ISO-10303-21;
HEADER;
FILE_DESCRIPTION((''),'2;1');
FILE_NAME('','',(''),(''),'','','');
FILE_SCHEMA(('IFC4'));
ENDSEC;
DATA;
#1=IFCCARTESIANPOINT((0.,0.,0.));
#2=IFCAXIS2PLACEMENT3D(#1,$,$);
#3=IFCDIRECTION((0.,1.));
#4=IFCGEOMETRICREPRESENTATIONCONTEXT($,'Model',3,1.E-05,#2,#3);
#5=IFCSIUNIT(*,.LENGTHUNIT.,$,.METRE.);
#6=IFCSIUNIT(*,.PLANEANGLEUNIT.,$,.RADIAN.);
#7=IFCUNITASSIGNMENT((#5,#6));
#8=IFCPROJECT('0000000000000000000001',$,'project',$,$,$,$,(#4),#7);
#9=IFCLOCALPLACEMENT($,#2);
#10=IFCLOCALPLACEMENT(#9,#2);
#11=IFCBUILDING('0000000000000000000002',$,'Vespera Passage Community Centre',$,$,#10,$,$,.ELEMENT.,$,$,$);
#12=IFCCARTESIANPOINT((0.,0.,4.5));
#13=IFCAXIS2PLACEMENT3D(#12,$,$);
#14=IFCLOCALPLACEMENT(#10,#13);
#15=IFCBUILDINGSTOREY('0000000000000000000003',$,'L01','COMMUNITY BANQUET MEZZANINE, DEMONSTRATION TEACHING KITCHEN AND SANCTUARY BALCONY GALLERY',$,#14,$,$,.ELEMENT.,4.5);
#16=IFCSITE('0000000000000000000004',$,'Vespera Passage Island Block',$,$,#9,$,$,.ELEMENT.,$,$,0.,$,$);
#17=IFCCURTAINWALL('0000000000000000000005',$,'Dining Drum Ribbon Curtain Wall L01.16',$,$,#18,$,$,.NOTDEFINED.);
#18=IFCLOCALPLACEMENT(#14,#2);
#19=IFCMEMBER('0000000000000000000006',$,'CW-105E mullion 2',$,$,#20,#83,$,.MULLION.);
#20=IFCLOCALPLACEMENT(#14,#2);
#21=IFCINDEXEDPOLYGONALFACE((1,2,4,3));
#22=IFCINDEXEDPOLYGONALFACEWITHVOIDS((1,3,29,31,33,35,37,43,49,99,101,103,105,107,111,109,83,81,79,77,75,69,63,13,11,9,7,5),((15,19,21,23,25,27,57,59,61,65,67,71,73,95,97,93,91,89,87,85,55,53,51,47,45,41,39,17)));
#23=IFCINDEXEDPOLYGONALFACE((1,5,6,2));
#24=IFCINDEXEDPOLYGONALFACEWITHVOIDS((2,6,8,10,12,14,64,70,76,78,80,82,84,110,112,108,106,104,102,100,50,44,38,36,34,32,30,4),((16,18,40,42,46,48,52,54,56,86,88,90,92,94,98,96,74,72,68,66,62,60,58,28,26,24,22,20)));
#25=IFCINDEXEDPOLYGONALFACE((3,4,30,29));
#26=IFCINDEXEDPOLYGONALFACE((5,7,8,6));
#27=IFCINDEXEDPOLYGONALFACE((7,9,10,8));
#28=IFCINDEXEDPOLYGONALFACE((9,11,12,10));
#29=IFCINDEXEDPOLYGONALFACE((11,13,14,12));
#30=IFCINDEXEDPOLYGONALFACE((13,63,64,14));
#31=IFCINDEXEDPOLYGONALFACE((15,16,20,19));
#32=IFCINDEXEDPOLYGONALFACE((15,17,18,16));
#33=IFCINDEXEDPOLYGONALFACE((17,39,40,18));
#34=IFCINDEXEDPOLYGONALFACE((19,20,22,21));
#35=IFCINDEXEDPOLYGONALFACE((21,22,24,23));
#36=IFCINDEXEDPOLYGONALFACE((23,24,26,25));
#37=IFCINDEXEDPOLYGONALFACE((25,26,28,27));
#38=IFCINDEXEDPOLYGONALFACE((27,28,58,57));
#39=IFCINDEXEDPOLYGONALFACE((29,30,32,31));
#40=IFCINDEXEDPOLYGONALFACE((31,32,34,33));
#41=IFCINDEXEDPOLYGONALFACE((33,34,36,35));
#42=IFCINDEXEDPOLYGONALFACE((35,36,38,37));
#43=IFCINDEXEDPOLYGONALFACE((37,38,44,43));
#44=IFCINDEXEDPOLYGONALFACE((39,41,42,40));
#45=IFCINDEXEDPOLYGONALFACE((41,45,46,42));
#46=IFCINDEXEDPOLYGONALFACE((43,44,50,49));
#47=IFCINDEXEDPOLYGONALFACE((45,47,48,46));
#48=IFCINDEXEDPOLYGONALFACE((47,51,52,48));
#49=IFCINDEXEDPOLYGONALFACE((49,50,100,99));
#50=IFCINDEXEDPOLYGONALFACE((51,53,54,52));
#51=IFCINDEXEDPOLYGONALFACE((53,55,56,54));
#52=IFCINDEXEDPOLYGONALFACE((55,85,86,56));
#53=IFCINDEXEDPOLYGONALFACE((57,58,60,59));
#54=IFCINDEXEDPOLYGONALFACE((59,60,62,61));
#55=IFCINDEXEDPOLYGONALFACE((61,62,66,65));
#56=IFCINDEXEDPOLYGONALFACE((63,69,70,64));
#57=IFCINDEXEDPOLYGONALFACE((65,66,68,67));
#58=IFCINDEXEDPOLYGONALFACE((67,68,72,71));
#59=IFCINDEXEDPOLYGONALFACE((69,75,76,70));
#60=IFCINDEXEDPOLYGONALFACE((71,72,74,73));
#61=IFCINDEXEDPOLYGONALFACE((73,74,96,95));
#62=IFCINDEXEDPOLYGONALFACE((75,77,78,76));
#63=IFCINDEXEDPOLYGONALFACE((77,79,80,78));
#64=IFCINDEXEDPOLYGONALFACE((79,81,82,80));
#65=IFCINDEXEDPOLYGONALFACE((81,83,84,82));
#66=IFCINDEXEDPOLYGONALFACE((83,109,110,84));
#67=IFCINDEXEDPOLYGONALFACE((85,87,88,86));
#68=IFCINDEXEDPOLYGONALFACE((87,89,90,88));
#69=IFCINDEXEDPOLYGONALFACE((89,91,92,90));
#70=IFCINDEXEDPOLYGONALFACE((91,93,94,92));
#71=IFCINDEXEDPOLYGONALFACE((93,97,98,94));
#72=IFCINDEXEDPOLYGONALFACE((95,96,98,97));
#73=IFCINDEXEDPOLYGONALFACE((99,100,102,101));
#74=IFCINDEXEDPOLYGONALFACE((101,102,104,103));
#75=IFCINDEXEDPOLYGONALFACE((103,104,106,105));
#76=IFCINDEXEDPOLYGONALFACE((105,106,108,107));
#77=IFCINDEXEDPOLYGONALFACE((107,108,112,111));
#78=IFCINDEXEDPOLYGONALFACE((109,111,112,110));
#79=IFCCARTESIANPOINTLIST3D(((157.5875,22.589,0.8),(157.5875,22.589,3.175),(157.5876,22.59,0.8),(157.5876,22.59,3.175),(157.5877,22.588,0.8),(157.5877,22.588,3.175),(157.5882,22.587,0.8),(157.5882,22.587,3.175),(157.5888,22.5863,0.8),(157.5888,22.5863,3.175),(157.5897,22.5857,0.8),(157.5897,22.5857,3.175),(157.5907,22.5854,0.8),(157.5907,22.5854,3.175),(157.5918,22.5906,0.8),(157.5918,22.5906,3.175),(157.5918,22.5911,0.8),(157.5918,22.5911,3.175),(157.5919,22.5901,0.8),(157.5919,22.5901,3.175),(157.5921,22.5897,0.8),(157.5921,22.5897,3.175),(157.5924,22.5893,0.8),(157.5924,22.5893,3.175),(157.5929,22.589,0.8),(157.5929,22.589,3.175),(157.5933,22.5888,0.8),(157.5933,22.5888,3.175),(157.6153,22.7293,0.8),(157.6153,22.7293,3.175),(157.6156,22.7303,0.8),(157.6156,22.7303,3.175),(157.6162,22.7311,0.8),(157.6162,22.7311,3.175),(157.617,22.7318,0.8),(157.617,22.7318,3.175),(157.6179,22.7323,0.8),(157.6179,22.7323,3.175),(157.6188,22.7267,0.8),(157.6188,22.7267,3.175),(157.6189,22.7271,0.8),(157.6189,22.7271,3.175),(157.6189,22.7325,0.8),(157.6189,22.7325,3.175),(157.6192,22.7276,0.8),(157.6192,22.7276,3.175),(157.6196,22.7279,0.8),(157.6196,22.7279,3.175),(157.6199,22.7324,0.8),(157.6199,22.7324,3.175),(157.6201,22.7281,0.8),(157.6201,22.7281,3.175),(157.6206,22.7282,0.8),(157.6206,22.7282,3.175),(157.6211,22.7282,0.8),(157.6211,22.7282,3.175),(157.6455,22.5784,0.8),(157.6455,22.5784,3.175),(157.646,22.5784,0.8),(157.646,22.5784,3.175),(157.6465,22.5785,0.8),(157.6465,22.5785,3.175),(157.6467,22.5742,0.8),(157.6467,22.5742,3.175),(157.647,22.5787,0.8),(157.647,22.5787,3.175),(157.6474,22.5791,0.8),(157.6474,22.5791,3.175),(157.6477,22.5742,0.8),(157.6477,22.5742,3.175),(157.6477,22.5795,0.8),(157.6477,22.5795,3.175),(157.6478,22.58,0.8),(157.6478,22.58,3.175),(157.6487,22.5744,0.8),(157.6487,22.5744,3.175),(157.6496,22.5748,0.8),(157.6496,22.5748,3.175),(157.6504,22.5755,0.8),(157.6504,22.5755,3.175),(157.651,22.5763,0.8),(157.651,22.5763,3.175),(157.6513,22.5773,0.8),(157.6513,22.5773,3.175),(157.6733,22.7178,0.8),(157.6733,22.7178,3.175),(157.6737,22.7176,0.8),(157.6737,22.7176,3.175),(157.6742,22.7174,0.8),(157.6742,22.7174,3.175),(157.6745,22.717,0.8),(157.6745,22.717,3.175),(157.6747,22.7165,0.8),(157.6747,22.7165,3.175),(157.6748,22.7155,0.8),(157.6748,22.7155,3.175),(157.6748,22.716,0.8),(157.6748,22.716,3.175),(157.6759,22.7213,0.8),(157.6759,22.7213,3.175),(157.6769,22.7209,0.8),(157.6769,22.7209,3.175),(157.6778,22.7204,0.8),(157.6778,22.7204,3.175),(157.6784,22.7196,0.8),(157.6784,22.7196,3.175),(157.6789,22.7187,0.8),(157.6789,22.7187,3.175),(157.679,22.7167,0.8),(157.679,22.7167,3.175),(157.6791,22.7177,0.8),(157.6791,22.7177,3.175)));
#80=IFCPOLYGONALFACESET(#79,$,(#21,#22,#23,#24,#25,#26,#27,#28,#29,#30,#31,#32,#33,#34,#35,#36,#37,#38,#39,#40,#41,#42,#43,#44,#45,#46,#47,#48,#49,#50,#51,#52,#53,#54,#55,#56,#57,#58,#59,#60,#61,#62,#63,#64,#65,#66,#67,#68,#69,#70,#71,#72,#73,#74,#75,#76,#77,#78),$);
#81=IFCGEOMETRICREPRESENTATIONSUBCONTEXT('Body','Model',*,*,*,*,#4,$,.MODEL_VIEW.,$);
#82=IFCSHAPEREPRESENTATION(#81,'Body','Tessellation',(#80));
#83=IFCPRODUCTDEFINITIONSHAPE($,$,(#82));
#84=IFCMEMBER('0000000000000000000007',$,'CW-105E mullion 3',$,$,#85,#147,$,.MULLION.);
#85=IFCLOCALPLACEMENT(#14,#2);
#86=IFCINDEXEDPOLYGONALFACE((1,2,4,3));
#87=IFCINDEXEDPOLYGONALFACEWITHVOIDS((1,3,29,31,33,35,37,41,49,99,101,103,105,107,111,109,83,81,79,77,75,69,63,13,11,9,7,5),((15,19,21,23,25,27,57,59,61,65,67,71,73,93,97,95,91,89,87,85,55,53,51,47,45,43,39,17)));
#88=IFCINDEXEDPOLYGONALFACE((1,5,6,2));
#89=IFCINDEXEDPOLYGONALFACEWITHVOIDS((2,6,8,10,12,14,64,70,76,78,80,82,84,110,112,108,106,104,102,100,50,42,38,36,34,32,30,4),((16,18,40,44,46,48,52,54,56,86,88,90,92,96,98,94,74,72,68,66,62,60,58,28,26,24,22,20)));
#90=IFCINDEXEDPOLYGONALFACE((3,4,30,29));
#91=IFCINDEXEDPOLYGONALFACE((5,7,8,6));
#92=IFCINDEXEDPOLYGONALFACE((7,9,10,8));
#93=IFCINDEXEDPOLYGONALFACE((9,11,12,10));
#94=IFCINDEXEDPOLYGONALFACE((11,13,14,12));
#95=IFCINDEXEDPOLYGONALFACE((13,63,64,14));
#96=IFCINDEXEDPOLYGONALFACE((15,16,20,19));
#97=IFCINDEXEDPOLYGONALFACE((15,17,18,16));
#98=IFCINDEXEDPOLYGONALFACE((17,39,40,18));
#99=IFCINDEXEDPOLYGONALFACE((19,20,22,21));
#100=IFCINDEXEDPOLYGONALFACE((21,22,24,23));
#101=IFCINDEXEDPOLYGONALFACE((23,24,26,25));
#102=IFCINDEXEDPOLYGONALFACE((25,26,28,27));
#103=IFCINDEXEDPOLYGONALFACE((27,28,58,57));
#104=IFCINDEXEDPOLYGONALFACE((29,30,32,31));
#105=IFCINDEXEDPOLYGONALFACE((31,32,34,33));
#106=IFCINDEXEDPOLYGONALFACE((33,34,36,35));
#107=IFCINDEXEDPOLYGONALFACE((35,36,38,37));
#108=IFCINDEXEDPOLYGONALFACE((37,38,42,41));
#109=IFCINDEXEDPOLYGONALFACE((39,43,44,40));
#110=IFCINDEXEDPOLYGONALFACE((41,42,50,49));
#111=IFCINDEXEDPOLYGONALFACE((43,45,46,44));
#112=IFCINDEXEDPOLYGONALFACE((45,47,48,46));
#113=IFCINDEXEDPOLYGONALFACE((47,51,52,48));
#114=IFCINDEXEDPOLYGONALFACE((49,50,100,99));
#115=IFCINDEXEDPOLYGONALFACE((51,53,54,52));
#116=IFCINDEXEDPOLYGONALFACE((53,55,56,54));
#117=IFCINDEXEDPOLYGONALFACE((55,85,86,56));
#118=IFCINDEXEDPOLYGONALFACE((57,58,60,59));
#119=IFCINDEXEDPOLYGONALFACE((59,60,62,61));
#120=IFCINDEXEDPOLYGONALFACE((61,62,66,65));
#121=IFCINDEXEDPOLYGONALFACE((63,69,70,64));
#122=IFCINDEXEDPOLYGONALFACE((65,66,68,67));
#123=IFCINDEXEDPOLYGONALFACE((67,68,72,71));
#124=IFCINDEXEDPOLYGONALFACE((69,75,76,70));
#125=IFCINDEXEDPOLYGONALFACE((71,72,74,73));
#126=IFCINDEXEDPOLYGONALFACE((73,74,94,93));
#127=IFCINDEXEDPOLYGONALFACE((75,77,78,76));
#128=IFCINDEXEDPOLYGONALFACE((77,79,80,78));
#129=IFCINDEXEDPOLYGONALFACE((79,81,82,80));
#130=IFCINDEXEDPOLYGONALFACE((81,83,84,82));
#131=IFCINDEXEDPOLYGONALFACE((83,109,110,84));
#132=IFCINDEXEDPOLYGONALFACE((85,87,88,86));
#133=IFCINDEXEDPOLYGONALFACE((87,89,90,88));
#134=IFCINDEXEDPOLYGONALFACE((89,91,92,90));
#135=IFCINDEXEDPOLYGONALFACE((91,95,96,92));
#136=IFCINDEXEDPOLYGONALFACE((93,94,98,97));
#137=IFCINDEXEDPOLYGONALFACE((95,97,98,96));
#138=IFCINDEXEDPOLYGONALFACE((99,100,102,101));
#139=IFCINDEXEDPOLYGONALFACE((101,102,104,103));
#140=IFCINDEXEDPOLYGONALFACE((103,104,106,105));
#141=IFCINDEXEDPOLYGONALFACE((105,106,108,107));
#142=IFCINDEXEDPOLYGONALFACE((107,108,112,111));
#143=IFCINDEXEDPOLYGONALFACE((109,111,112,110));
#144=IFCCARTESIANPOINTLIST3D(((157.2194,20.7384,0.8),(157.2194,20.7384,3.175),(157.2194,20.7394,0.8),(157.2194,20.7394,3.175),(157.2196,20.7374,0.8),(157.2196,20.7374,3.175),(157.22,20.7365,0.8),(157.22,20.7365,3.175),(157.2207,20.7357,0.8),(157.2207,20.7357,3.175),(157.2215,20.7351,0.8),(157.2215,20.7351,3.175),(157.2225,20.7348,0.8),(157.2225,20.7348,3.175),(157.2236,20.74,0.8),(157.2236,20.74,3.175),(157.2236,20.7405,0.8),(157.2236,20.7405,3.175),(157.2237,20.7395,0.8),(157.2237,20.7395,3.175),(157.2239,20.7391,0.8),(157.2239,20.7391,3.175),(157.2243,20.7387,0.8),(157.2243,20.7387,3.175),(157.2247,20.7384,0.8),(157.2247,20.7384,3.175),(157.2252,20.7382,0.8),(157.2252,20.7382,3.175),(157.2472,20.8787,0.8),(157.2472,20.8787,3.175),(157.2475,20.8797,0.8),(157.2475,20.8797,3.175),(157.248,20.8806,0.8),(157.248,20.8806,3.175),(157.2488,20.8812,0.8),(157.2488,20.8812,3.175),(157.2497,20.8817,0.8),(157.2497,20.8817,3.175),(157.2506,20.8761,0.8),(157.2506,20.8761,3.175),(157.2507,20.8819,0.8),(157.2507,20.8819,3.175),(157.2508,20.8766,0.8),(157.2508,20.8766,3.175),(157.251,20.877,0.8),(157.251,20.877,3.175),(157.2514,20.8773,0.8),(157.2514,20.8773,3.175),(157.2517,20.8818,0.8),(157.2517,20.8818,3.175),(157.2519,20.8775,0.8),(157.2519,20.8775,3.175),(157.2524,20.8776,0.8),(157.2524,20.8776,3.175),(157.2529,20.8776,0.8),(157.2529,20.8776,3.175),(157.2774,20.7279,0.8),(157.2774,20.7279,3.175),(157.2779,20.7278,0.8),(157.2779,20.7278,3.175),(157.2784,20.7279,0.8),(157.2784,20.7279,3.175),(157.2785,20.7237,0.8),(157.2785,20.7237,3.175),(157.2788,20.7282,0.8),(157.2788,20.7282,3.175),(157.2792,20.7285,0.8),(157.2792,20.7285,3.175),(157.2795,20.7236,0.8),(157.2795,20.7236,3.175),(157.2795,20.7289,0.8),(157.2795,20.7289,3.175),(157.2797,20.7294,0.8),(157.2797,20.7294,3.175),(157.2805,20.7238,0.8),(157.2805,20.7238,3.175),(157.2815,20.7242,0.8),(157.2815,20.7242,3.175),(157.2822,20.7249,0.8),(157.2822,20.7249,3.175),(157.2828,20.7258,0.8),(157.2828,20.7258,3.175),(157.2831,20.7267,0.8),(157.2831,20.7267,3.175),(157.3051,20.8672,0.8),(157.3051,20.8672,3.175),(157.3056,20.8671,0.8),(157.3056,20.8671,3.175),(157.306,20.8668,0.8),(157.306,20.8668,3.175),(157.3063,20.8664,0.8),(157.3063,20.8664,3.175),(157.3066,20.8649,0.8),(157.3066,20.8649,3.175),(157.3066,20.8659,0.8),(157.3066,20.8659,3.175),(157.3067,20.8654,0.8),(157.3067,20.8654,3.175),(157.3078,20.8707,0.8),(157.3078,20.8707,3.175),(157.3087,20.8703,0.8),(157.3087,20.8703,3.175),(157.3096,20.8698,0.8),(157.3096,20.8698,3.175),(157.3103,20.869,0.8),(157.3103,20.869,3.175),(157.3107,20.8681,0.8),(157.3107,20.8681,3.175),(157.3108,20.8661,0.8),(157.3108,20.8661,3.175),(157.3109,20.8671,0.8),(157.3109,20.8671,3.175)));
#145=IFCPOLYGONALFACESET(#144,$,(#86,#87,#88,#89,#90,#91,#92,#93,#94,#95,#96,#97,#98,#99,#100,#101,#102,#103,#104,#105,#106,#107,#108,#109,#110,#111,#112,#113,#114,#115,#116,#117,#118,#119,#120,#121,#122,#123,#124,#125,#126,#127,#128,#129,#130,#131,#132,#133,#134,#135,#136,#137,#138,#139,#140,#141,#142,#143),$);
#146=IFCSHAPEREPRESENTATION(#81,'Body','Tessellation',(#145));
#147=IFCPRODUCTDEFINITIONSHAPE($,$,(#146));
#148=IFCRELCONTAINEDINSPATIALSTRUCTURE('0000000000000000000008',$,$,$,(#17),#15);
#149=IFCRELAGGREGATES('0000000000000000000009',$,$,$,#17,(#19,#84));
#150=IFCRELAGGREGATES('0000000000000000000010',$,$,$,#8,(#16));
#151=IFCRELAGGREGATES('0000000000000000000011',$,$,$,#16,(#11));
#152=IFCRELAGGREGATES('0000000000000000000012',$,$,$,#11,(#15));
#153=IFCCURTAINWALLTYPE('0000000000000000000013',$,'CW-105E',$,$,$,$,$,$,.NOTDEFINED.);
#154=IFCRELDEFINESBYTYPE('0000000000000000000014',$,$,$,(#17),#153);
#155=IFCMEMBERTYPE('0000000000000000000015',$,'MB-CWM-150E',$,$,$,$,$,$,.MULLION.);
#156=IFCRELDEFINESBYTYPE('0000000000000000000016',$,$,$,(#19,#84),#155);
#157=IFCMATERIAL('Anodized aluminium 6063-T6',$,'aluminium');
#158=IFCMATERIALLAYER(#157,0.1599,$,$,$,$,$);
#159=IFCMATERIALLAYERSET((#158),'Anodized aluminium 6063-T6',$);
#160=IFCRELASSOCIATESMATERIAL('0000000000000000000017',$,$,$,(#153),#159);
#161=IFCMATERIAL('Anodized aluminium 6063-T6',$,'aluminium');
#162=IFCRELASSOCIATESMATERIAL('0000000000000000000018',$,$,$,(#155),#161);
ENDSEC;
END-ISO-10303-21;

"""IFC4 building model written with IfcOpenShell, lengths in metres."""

from ifc_helpers import new_model, si_unit, direction, frame, origin, origin_2d, place, context, subcontext, project, spatial, hollow_rectangle, extrude, material, layer, layer_set, material_profile, profile_set, type_object, element, aggregate, save


model = new_model("IFC4")

# Units and contexts
model_context = context("Model", 3, precision=1e-05, world=origin(), true_north=direction((0.0, 1.0)))
body_context = subcontext(model_context, "Body", "Model", "MODEL_VIEW")
ifc_project = project(units=[si_unit("LENGTHUNIT", "METRE"), si_unit("PLANEANGLEUNIT", "RADIAN")], contexts=[model_context])

# Site, building, storey
site_placement = place(None, origin())
site = spatial("IfcSite", under=ifc_project, at=site_placement, Name="Vespera Passage Island Block", CompositionType="ELEMENT", RefElevation=0.0)
building_placement = place(site_placement, origin())
building = spatial("IfcBuilding", under=site, at=building_placement, Name="Vespera Passage Community Centre", CompositionType="ELEMENT")
storey_placement = place(building_placement, frame((0.0, 0.0, 4.5)))
storey = spatial("IfcBuildingStorey", under=building, at=storey_placement, Name="L01", Description="COMMUNITY BANQUET MEZZANINE, DEMONSTRATION TEACHING KITCHEN AND SANCTUARY BALCONY GALLERY", CompositionType="ELEMENT", Elevation=4.5)

# Curtain wall, members
ifc_material_1 = material(Name="Anodized aluminium 6063-T6", Category="aluminium")
ifc_layer_1 = layer(ifc_material_1, 0.1599)
ifc_layer_set_1 = layer_set([ifc_layer_1], Name="Anodized aluminium 6063-T6")
curtain_wall_type = type_object("IfcCurtainWallType", Name="CW-105E", PredefinedType="NOTDEFINED", material=ifc_layer_set_1)
curtain_wall_placement = place(storey_placement, origin())
curtain_wall = element("IfcCurtainWall", 1, at=curtain_wall_placement, inside=storey, type_object=curtain_wall_type, Name="Dining Drum Ribbon Curtain Wall L01.16", PredefinedType="NOTDEFINED")
ifc_material_2 = material(Name="Anodized aluminium 6063-T6", Category="aluminium")
ifc_material_profile_1 = material_profile(ifc_material_2, hollow_rectangle(XDim=0.0649, YDim=0.1499, WallThickness=0.0039, InnerFilletRadius=0.002, OuterFilletRadius=0.0039, at=origin_2d()), Name="ALU150X65X4")
ifc_profile_set_1 = profile_set([ifc_material_profile_1], Name="Anodized aluminium 6063-T6")
member_type_1 = type_object("IfcMemberType", Name="MB-CWM-150E", PredefinedType="MULLION", material=ifc_profile_set_1)
member_1_placement = place(storey_placement, frame((157.6333, 22.6533, 0.8), z_axis=(0.0, 0.0, 1.0), x_axis=(0.980784, -0.195097, 0.0)))
member_1 = element("IfcMember", 2, at=member_1_placement, type_object=member_type_1, Name="CW-105E mullion 2", PredefinedType="MULLION", context=body_context, shape_type="SweptSolid", body=[
    extrude(hollow_rectangle(XDim=0.0649, YDim=0.1499, WallThickness=0.0039, InnerFilletRadius=0.002, OuterFilletRadius=0.0039, at=origin_2d()), origin(), (0.0, 0.0, 1.0), 2.375),
])
member_2_placement = place(storey_placement, frame((157.2651, 20.8027, 0.8), z_axis=(0.0, 0.0, 1.0), x_axis=(0.980784, -0.195097, 0.0)))
member_2 = element("IfcMember", 3, at=member_2_placement, type_object=member_type_1, Name="CW-105E mullion 3", PredefinedType="MULLION", context=body_context, shape_type="SweptSolid", body=[
    extrude(hollow_rectangle(XDim=0.0649, YDim=0.1499, WallThickness=0.0039, InnerFilletRadius=0.002, OuterFilletRadius=0.0039, at=origin_2d()), origin(), (0.0, 0.0, 1.0), 2.375),
])
aggregate(curtain_wall, [member_1, member_2])

save(model, "model.ifc")
